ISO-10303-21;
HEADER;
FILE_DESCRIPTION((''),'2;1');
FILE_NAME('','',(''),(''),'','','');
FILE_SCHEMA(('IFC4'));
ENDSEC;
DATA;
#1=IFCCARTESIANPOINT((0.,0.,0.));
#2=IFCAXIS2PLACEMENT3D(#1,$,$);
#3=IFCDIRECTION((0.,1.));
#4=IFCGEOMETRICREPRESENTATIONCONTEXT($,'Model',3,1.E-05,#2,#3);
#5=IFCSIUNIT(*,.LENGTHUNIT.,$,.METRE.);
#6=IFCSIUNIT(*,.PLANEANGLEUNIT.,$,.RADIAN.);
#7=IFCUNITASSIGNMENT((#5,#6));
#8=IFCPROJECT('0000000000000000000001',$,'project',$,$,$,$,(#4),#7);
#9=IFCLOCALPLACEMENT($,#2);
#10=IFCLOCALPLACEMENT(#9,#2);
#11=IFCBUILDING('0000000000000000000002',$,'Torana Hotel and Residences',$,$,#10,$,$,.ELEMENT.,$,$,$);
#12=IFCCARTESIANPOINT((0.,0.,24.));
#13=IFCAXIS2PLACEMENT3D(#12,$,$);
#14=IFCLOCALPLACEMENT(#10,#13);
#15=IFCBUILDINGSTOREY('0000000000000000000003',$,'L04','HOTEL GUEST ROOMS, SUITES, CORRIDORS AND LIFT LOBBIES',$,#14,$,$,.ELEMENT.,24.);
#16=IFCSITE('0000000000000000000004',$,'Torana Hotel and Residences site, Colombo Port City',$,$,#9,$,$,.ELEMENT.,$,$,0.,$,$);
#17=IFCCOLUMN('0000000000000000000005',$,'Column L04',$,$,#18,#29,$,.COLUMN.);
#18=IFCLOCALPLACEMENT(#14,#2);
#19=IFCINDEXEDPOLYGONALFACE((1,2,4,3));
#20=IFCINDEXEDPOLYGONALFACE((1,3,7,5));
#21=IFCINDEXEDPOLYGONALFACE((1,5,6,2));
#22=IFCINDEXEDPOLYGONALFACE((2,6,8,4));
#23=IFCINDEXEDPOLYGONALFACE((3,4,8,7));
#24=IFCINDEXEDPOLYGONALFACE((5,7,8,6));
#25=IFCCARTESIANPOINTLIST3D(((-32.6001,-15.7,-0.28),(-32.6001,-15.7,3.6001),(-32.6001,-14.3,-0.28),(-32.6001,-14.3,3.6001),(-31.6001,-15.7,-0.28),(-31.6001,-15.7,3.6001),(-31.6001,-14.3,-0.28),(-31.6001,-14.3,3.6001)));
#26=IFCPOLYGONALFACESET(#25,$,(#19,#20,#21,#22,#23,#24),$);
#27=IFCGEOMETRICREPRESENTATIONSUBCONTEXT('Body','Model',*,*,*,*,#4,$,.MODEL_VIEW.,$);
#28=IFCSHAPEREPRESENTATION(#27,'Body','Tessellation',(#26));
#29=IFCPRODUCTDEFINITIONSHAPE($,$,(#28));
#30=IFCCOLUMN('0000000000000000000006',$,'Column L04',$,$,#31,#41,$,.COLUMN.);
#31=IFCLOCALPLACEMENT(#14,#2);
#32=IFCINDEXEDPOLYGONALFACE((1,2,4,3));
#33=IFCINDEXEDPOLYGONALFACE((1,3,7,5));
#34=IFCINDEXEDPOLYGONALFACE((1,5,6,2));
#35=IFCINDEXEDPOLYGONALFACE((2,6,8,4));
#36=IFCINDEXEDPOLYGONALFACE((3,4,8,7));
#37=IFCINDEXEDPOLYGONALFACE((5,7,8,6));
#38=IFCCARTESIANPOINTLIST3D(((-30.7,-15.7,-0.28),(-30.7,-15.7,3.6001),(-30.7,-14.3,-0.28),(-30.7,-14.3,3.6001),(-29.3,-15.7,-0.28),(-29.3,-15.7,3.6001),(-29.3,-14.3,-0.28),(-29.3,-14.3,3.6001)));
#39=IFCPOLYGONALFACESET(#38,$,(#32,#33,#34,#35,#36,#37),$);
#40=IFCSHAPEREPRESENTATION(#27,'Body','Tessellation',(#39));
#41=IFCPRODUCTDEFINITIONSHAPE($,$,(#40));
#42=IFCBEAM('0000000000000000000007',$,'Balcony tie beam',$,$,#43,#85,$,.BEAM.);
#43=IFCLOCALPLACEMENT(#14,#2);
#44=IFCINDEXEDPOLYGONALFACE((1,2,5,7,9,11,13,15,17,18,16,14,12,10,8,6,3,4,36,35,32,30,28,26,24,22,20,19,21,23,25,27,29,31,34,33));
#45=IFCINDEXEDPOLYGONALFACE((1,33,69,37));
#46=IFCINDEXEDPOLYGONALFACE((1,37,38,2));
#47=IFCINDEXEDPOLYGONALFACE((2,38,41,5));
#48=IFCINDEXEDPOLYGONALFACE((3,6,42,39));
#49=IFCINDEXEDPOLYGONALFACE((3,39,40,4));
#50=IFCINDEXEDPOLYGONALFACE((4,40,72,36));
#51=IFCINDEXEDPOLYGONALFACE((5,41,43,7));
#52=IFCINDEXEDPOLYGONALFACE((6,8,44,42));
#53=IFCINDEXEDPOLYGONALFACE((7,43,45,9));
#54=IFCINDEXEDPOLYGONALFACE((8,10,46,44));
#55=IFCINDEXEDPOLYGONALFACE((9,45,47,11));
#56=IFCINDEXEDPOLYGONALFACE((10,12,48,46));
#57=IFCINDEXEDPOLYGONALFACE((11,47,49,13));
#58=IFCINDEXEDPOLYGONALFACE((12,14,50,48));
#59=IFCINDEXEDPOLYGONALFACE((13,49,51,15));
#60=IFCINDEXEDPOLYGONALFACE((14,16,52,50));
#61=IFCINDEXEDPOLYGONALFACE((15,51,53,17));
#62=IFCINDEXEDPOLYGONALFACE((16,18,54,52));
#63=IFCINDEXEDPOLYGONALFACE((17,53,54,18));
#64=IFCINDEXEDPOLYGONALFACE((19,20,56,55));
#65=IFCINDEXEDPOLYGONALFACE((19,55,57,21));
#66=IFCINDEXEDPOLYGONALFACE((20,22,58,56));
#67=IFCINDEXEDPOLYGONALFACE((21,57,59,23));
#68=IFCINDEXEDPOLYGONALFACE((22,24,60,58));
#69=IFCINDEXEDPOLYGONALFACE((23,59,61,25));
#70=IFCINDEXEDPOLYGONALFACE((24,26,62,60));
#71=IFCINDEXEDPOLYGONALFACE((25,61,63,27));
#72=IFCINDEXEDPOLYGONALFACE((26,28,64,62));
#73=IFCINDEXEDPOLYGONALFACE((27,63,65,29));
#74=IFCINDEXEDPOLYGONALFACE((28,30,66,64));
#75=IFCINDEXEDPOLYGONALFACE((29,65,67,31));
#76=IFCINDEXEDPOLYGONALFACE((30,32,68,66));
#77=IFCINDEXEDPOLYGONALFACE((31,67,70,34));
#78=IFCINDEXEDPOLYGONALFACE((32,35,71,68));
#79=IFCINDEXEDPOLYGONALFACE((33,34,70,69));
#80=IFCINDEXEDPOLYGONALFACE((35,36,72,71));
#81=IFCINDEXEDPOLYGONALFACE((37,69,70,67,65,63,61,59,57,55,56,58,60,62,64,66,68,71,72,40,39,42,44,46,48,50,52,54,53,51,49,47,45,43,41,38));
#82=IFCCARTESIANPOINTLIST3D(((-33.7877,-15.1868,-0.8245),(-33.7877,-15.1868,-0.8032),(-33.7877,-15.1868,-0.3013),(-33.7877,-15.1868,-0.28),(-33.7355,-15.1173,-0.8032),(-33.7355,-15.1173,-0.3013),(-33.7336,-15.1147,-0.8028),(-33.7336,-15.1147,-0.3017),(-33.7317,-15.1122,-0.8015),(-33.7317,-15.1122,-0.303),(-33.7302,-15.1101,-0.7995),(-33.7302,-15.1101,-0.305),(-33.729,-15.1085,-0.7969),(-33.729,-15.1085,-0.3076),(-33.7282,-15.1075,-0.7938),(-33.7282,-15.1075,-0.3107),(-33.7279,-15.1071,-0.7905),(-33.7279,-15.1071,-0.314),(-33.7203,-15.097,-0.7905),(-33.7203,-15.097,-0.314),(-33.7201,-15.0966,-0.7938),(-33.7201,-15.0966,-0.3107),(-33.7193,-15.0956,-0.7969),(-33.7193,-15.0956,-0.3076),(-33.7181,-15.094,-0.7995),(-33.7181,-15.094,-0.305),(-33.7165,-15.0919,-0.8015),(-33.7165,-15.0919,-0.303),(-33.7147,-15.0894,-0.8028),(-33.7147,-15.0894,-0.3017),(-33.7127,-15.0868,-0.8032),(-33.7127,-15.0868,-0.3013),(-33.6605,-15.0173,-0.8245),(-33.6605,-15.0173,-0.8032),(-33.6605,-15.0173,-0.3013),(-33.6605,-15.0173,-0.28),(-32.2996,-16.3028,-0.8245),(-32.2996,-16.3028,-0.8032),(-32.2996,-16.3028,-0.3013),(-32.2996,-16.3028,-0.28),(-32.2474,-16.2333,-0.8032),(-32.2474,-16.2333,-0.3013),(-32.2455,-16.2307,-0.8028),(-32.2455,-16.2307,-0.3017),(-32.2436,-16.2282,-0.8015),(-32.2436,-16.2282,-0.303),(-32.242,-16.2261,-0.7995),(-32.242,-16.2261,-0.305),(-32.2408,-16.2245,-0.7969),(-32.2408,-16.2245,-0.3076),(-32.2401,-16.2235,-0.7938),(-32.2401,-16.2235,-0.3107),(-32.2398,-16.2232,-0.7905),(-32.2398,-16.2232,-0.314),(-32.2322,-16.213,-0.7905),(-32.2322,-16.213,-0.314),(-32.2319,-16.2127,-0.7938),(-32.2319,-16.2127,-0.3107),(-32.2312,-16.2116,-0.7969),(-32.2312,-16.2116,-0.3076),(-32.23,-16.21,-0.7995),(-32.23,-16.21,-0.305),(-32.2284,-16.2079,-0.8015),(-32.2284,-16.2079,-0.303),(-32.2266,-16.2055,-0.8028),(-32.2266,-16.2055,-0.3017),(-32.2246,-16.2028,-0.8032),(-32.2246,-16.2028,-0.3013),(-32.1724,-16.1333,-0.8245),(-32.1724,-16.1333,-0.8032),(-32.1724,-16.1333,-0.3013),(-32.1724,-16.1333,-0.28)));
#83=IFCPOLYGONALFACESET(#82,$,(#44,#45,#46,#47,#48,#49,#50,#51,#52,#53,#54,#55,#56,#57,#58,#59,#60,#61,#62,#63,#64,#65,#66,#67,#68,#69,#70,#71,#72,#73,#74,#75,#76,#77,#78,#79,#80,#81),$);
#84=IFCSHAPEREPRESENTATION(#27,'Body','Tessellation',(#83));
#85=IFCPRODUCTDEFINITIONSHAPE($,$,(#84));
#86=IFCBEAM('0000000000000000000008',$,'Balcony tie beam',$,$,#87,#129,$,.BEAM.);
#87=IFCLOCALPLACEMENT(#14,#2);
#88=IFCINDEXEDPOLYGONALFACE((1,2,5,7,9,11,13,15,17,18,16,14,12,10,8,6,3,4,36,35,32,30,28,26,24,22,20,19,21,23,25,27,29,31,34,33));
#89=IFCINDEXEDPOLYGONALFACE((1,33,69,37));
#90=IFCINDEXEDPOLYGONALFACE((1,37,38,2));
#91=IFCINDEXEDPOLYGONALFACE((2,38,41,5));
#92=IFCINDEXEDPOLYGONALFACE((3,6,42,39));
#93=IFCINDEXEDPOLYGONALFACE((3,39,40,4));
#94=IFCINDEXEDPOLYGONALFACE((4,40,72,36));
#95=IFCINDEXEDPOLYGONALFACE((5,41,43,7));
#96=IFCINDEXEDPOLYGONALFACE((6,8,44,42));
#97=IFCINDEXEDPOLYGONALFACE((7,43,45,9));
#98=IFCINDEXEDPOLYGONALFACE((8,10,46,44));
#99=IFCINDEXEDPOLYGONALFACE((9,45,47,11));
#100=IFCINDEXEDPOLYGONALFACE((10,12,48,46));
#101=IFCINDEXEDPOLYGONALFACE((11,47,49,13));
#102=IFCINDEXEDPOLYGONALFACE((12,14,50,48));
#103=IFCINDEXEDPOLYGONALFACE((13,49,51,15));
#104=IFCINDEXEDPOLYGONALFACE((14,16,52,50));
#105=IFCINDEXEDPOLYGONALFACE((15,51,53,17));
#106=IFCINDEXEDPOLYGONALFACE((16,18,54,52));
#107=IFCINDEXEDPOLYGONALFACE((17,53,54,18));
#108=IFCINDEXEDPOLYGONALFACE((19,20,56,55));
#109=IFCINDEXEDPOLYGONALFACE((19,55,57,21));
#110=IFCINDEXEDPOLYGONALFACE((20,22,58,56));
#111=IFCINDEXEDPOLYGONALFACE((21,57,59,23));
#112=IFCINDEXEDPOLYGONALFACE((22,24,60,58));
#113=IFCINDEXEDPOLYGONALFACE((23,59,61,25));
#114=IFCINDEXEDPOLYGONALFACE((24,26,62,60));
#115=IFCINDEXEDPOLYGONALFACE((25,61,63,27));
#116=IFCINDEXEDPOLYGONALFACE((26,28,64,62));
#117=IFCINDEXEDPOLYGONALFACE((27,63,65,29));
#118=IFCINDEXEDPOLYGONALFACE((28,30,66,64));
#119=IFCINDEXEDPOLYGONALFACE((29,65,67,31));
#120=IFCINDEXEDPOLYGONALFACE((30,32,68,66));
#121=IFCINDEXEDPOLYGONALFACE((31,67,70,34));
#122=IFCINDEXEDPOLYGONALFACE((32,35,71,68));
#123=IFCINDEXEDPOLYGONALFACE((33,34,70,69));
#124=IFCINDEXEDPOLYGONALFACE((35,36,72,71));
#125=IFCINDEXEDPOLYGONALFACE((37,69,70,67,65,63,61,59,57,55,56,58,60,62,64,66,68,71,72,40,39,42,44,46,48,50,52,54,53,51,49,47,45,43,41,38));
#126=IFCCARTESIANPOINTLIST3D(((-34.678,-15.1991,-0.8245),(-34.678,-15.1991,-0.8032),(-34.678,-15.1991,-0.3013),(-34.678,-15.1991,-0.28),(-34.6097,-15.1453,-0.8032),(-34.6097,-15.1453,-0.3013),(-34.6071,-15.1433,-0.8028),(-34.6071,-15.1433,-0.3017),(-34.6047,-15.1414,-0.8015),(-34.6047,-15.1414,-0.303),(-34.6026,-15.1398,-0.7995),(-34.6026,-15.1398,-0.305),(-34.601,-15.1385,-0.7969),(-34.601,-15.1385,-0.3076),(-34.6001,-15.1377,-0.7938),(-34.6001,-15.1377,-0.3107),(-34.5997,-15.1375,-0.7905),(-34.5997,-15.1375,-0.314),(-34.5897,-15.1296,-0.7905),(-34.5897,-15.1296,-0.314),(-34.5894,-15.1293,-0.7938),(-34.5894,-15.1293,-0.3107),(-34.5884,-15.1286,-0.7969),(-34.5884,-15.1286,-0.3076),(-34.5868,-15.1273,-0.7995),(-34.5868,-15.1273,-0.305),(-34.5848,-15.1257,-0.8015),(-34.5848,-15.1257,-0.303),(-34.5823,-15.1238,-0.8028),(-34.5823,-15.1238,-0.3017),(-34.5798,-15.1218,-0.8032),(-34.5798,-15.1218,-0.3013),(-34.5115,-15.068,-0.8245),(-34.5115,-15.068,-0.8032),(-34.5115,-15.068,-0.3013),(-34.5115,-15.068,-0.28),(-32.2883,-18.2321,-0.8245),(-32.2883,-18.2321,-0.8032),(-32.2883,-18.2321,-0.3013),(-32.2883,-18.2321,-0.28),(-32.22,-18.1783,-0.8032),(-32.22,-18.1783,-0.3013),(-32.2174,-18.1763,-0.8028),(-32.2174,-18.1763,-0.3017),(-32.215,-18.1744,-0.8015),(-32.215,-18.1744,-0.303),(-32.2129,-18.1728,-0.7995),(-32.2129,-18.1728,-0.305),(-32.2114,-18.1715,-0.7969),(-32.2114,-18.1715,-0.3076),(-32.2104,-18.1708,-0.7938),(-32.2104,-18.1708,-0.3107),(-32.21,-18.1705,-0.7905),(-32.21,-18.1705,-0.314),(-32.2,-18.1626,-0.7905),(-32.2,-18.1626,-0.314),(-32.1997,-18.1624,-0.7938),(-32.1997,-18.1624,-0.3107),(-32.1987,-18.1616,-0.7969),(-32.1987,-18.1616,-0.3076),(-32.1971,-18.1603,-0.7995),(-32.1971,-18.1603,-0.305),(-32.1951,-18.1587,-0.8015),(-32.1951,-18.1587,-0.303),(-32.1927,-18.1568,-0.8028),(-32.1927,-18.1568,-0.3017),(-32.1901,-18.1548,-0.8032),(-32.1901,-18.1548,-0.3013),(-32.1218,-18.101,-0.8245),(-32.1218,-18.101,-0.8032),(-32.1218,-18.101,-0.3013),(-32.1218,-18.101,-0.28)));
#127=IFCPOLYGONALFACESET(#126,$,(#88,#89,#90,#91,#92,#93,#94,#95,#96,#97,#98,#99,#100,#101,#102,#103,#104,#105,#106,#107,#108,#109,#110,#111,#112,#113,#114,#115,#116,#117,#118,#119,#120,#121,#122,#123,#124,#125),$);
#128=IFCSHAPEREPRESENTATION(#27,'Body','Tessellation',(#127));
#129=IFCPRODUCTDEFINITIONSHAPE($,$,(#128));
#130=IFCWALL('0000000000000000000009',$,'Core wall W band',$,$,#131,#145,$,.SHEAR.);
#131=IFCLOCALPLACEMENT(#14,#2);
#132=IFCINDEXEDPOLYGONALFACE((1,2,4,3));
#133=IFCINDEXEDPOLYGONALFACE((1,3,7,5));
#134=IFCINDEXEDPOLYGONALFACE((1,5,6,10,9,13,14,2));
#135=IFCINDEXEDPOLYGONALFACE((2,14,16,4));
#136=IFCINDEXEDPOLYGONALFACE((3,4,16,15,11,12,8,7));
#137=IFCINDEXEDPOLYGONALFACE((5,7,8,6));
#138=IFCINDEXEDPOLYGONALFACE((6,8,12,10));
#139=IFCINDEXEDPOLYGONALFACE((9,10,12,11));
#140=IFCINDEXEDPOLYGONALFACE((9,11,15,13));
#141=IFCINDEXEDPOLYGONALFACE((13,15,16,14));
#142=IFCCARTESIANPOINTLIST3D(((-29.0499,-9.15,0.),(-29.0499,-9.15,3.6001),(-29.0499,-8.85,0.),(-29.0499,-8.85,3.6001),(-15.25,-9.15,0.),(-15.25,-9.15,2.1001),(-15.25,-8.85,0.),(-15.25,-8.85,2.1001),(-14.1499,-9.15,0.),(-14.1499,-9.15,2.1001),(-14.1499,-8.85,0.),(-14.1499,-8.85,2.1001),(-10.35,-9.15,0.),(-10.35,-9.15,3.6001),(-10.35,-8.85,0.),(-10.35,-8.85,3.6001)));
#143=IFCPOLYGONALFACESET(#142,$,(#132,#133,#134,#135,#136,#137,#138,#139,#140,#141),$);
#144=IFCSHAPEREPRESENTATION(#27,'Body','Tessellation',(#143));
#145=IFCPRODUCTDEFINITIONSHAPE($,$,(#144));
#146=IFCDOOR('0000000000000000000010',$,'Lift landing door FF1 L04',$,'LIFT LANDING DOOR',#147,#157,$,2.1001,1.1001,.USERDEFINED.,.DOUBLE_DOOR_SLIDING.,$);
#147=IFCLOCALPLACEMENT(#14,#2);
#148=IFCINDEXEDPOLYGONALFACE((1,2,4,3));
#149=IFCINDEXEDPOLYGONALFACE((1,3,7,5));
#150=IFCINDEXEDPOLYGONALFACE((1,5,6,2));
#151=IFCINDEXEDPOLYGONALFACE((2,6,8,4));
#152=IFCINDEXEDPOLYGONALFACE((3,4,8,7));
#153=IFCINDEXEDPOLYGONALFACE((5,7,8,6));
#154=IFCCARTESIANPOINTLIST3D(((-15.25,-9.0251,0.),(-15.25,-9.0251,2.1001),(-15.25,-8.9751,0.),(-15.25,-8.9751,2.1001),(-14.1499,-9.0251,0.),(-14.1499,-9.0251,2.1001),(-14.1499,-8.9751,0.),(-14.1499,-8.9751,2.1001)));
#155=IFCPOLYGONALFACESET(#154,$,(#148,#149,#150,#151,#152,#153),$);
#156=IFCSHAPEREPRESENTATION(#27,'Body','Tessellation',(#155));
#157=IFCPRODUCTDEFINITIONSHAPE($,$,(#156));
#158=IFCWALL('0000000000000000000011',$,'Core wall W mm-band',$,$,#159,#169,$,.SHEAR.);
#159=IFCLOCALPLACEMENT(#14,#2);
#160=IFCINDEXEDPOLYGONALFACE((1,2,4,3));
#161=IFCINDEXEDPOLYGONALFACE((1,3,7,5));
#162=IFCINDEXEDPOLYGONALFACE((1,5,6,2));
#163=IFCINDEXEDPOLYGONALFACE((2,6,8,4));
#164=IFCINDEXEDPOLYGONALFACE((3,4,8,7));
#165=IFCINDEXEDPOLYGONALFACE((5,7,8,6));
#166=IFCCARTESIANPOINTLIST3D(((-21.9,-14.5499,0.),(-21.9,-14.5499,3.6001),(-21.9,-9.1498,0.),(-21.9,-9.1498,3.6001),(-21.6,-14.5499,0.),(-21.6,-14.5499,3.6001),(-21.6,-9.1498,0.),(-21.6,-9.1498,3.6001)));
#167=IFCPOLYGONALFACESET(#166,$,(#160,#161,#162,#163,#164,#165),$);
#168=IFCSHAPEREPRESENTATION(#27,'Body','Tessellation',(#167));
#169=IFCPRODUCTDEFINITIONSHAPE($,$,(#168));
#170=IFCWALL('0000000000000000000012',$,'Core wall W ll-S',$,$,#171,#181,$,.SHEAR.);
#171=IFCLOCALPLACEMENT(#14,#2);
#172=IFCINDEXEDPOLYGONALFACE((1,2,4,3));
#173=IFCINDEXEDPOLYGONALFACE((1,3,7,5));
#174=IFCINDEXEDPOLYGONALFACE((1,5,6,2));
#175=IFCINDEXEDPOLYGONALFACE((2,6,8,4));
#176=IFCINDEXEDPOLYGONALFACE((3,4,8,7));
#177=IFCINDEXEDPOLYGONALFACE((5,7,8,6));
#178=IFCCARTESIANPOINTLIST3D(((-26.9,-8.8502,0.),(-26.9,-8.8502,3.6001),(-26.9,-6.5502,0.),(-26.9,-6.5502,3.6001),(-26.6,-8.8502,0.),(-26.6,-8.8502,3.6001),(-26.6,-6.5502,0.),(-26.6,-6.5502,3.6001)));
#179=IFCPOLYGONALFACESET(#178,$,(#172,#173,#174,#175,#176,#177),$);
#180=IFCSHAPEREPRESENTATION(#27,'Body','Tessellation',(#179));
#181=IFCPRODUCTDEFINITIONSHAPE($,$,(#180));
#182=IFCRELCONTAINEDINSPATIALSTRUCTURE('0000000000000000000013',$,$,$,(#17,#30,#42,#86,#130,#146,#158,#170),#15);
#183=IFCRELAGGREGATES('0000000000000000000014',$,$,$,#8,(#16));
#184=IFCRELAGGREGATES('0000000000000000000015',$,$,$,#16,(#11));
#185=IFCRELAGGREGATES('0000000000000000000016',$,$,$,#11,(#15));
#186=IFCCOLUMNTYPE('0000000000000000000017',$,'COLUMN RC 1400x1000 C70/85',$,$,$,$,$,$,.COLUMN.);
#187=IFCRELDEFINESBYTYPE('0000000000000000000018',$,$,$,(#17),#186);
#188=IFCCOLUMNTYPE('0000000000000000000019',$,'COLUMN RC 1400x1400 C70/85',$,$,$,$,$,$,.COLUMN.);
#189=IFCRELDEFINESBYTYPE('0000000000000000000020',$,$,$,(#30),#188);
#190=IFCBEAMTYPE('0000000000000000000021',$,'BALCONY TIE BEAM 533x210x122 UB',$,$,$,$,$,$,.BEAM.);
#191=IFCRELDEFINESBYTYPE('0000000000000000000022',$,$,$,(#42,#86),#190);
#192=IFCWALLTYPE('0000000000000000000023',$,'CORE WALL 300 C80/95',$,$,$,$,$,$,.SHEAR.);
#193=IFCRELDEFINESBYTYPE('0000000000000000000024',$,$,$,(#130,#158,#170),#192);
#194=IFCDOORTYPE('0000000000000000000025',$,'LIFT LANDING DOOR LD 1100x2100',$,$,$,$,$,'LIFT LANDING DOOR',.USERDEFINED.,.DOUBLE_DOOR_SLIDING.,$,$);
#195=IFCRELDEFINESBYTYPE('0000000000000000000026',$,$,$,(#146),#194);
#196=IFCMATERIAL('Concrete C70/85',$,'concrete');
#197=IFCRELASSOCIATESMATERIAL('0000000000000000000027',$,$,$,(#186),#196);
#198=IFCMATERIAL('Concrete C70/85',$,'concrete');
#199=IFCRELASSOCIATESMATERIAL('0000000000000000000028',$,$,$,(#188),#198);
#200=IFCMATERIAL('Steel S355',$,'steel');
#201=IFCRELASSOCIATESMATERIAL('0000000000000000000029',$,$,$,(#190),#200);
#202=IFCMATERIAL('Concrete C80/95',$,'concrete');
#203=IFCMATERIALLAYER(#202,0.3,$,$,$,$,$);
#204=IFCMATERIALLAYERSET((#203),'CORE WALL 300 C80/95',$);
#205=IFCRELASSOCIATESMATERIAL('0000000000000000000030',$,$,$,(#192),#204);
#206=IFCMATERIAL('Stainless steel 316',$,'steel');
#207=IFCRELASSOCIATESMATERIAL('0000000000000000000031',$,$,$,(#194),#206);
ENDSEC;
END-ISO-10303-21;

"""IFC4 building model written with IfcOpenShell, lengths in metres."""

from ifc_helpers import new_model, si_unit, direction, frame, frame_2d, origin, origin_2d, place, context, subcontext, project, spatial, rectangle, i_section, extrude, material, layer, layer_set, material_profile, profile_set, type_object, element, fill, save


model = new_model("IFC4")

# Units and contexts
model_context = context("Model", 3, precision=1e-05, world=origin(), true_north=direction((0.0, 1.0)))
body_context = subcontext(model_context, "Body", "Model", "MODEL_VIEW")
ifc_project = project(units=[si_unit("LENGTHUNIT", "METRE"), si_unit("PLANEANGLEUNIT", "RADIAN")], contexts=[model_context])

# Site, building, storey
site_placement = place(None, origin())
site = spatial("IfcSite", under=ifc_project, at=site_placement, Name="Torana Hotel and Residences site, Colombo Port City", CompositionType="ELEMENT", RefElevation=0.0)
building_placement = place(site_placement, origin())
building = spatial("IfcBuilding", under=site, at=building_placement, Name="Torana Hotel and Residences", CompositionType="ELEMENT")
storey_placement = place(building_placement, frame((0.0, 0.0, 24.0)))
storey = spatial("IfcBuildingStorey", under=building, at=storey_placement, Name="L04", Description="HOTEL GUEST ROOMS, SUITES, CORRIDORS AND LIFT LOBBIES", CompositionType="ELEMENT", Elevation=24.0)

# Columns
ifc_material_1 = material(Name="Concrete C70/85", Category="concrete")
ifc_material_profile_1 = material_profile(ifc_material_1, rectangle(XDim=1.3999, YDim=1.0, at=origin_2d()), Name="RC 1400x1000")
ifc_profile_set_1 = profile_set([ifc_material_profile_1], Name="Concrete C70/85")
column_type_1 = type_object("IfcColumnType", Name="COLUMN RC 1400x1000 C70/85", PredefinedType="COLUMN", material=ifc_profile_set_1)
column_1_placement = place(storey_placement, frame((-32.1001, -15.0, -0.28), z_axis=(0.0, 0.0, 1.0), x_axis=(0.0, 1.0, 0.0)))
element("IfcColumn", 1, at=column_1_placement, inside=storey, type_object=column_type_1, Name="Column L04", PredefinedType="COLUMN", context=body_context, shape_type="SweptSolid", body=[
    extrude(rectangle(XDim=1.3999, YDim=1.0, at=origin_2d()), origin(), (0.0, 0.0, 1.0), 3.8801),
])
ifc_material_2 = material(Name="Concrete C70/85", Category="concrete")
ifc_material_profile_2 = material_profile(ifc_material_2, rectangle(XDim=1.3999, YDim=1.3999, at=origin_2d()), Name="RC 1400x1400")
ifc_profile_set_2 = profile_set([ifc_material_profile_2], Name="Concrete C70/85")
column_type_2 = type_object("IfcColumnType", Name="COLUMN RC 1400x1400 C70/85", PredefinedType="COLUMN", material=ifc_profile_set_2)
column_2_placement = place(storey_placement, frame((-30.0, -15.0, -0.28), z_axis=(0.0, 0.0, 1.0), x_axis=(1.0, 0.0, 0.0)))
element("IfcColumn", 2, at=column_2_placement, inside=storey, type_object=column_type_2, Name="Column L04", PredefinedType="COLUMN", context=body_context, shape_type="SweptSolid", body=[
    extrude(rectangle(XDim=1.3999, YDim=1.3999, at=origin_2d()), origin(), (0.0, 0.0, 1.0), 3.8801),
])

# Beams
ifc_material_3 = material(Name="Steel S355", Category="steel")
ifc_material_profile_3 = material_profile(ifc_material_3, i_section(OverallWidth=0.2119, OverallDepth=0.5444, WebThickness=0.0127, FlangeThickness=0.0212, FilletRadius=0.0127, at=origin_2d()), Name="533x210x122 UB")
ifc_profile_set_3 = profile_set([ifc_material_profile_3], Name="Steel S355")
beam_type = type_object("IfcBeamType", Name="BALCONY TIE BEAM 533x210x122 UB", PredefinedType="BEAM", material=ifc_profile_set_3)
beam_1_placement = place(storey_placement, frame((-33.7241, -15.1021, -0.5522), z_axis=(0.800016, -0.599979, 0.0), x_axis=(0.599979, 0.800016, 0.0)))
element("IfcBeam", 3, at=beam_1_placement, inside=storey, type_object=beam_type, Name="Balcony tie beam", PredefinedType="BEAM", context=body_context, shape_type="SweptSolid", body=[
    extrude(i_section(OverallWidth=0.2119, OverallDepth=0.5444, WebThickness=0.0127, FlangeThickness=0.0212, FilletRadius=0.0127, at=origin_2d()), origin(), (0.0, 0.0, 1.0), 1.8601),
])
beam_2_placement = place(storey_placement, frame((-34.5947, -15.1335, -0.5522), z_axis=(0.618879, -0.785486, 0.0), x_axis=(0.785486, 0.618879, 0.0)))
element("IfcBeam", 4, at=beam_2_placement, inside=storey, type_object=beam_type, Name="Balcony tie beam", PredefinedType="BEAM", context=body_context, shape_type="SweptSolid", body=[
    extrude(i_section(OverallWidth=0.2119, OverallDepth=0.5444, WebThickness=0.0127, FlangeThickness=0.0212, FilletRadius=0.0127, at=origin_2d()), origin(), (0.0, 0.0, 1.0), 3.8613),
])

# Wall, opening, door
ifc_material_4 = material(Name="Concrete C80/95", Category="concrete")
ifc_layer_1 = layer(ifc_material_4, 0.3)
ifc_layer_set_1 = layer_set([ifc_layer_1], Name="CORE WALL 300 C80/95")
wall_type_1 = type_object("IfcWallType", Name="CORE WALL 300 C80/95", PredefinedType="SHEAR", material=ifc_layer_set_1)
wall_1_placement = place(storey_placement, frame((-29.05, -9.0, 0.0), z_axis=(0.0, 0.0, 1.0), x_axis=(1.0, 0.0, 0.0)))
wall_1 = element("IfcWall", 5, at=wall_1_placement, inside=storey, type_object=wall_type_1, Name="Core wall W band", PredefinedType="SHEAR", context=body_context, shape_type="SweptSolid", body=[
    extrude(rectangle(XDim=18.7, YDim=0.3, at=frame_2d((9.3501, 0.0))), origin(), (0.0, 0.0, 1.0), 3.6001),
])
opening_1_placement = place(wall_1_placement, frame((13.8, 0.0, 0.0)))
opening_1 = element("IfcOpeningElement", 6, at=opening_1_placement, cuts=wall_1, PredefinedType="OPENING", context=body_context, shape_type="SweptSolid", body=[
    extrude(rectangle(XDim=1.1001, YDim=2.1001, at=frame_2d((0.55, 1.05))), frame((0.0, 0.1599, 0.0), z_axis=(0.0, -1.0, 0.0), x_axis=(1.0, 0.0, 0.0)), (0.0, 0.0, 1.0), 0.3201),
])
ifc_material_5 = material(Name="Stainless steel 316", Category="steel")
door_type_1 = type_object("IfcDoorType", Name="LIFT LANDING DOOR LD 1100x2100", ElementType="LIFT LANDING DOOR", OperationType="DOUBLE_DOOR_SLIDING", PredefinedType="USERDEFINED", material=ifc_material_5)
door_1_placement = place(opening_1_placement, origin())
door_1 = element("IfcDoor", 7, at=door_1_placement, inside=storey, type_object=door_type_1, Name="Lift landing door FF1 L04", ObjectType="LIFT LANDING DOOR", OperationType="DOUBLE_DOOR_SLIDING", OverallHeight=2.1001, OverallWidth=1.1001, PredefinedType="USERDEFINED", context=body_context, shape_type="SweptSolid", body=[
    extrude(rectangle(XDim=1.1001, YDim=2.1001, at=frame_2d((0.55, 1.05))), frame((0.0, 0.0249, 0.0), z_axis=(0.0, -1.0, 0.0), x_axis=(1.0, 0.0, 0.0)), (0.0, 0.0, 1.0), 0.05),
])
fill(opening_1, door_1)

# Walls
wall_2_placement = place(storey_placement, frame((-21.75, -14.55, 0.0), z_axis=(0.0, 0.0, 1.0), x_axis=(0.0, 1.0, 0.0)))
element("IfcWall", 8, at=wall_2_placement, inside=storey, type_object=wall_type_1, Name="Core wall W mm-band", PredefinedType="SHEAR", context=body_context, shape_type="SweptSolid", body=[
    extrude(rectangle(XDim=5.4001, YDim=0.3, at=frame_2d((2.7002, 0.0))), origin(), (0.0, 0.0, 1.0), 3.6001),
])
wall_3_placement = place(storey_placement, frame((-26.75, -8.8501, 0.0), z_axis=(0.0, 0.0, 1.0), x_axis=(0.0, 1.0, 0.0)))
element("IfcWall", 9, at=wall_3_placement, inside=storey, type_object=wall_type_1, Name="Core wall W ll-S", PredefinedType="SHEAR", context=body_context, shape_type="SweptSolid", body=[
    extrude(rectangle(XDim=2.3, YDim=0.3, at=frame_2d((1.1499, 0.0))), origin(), (0.0, 0.0, 1.0), 3.6001),
])

save(model, "model.ifc")
